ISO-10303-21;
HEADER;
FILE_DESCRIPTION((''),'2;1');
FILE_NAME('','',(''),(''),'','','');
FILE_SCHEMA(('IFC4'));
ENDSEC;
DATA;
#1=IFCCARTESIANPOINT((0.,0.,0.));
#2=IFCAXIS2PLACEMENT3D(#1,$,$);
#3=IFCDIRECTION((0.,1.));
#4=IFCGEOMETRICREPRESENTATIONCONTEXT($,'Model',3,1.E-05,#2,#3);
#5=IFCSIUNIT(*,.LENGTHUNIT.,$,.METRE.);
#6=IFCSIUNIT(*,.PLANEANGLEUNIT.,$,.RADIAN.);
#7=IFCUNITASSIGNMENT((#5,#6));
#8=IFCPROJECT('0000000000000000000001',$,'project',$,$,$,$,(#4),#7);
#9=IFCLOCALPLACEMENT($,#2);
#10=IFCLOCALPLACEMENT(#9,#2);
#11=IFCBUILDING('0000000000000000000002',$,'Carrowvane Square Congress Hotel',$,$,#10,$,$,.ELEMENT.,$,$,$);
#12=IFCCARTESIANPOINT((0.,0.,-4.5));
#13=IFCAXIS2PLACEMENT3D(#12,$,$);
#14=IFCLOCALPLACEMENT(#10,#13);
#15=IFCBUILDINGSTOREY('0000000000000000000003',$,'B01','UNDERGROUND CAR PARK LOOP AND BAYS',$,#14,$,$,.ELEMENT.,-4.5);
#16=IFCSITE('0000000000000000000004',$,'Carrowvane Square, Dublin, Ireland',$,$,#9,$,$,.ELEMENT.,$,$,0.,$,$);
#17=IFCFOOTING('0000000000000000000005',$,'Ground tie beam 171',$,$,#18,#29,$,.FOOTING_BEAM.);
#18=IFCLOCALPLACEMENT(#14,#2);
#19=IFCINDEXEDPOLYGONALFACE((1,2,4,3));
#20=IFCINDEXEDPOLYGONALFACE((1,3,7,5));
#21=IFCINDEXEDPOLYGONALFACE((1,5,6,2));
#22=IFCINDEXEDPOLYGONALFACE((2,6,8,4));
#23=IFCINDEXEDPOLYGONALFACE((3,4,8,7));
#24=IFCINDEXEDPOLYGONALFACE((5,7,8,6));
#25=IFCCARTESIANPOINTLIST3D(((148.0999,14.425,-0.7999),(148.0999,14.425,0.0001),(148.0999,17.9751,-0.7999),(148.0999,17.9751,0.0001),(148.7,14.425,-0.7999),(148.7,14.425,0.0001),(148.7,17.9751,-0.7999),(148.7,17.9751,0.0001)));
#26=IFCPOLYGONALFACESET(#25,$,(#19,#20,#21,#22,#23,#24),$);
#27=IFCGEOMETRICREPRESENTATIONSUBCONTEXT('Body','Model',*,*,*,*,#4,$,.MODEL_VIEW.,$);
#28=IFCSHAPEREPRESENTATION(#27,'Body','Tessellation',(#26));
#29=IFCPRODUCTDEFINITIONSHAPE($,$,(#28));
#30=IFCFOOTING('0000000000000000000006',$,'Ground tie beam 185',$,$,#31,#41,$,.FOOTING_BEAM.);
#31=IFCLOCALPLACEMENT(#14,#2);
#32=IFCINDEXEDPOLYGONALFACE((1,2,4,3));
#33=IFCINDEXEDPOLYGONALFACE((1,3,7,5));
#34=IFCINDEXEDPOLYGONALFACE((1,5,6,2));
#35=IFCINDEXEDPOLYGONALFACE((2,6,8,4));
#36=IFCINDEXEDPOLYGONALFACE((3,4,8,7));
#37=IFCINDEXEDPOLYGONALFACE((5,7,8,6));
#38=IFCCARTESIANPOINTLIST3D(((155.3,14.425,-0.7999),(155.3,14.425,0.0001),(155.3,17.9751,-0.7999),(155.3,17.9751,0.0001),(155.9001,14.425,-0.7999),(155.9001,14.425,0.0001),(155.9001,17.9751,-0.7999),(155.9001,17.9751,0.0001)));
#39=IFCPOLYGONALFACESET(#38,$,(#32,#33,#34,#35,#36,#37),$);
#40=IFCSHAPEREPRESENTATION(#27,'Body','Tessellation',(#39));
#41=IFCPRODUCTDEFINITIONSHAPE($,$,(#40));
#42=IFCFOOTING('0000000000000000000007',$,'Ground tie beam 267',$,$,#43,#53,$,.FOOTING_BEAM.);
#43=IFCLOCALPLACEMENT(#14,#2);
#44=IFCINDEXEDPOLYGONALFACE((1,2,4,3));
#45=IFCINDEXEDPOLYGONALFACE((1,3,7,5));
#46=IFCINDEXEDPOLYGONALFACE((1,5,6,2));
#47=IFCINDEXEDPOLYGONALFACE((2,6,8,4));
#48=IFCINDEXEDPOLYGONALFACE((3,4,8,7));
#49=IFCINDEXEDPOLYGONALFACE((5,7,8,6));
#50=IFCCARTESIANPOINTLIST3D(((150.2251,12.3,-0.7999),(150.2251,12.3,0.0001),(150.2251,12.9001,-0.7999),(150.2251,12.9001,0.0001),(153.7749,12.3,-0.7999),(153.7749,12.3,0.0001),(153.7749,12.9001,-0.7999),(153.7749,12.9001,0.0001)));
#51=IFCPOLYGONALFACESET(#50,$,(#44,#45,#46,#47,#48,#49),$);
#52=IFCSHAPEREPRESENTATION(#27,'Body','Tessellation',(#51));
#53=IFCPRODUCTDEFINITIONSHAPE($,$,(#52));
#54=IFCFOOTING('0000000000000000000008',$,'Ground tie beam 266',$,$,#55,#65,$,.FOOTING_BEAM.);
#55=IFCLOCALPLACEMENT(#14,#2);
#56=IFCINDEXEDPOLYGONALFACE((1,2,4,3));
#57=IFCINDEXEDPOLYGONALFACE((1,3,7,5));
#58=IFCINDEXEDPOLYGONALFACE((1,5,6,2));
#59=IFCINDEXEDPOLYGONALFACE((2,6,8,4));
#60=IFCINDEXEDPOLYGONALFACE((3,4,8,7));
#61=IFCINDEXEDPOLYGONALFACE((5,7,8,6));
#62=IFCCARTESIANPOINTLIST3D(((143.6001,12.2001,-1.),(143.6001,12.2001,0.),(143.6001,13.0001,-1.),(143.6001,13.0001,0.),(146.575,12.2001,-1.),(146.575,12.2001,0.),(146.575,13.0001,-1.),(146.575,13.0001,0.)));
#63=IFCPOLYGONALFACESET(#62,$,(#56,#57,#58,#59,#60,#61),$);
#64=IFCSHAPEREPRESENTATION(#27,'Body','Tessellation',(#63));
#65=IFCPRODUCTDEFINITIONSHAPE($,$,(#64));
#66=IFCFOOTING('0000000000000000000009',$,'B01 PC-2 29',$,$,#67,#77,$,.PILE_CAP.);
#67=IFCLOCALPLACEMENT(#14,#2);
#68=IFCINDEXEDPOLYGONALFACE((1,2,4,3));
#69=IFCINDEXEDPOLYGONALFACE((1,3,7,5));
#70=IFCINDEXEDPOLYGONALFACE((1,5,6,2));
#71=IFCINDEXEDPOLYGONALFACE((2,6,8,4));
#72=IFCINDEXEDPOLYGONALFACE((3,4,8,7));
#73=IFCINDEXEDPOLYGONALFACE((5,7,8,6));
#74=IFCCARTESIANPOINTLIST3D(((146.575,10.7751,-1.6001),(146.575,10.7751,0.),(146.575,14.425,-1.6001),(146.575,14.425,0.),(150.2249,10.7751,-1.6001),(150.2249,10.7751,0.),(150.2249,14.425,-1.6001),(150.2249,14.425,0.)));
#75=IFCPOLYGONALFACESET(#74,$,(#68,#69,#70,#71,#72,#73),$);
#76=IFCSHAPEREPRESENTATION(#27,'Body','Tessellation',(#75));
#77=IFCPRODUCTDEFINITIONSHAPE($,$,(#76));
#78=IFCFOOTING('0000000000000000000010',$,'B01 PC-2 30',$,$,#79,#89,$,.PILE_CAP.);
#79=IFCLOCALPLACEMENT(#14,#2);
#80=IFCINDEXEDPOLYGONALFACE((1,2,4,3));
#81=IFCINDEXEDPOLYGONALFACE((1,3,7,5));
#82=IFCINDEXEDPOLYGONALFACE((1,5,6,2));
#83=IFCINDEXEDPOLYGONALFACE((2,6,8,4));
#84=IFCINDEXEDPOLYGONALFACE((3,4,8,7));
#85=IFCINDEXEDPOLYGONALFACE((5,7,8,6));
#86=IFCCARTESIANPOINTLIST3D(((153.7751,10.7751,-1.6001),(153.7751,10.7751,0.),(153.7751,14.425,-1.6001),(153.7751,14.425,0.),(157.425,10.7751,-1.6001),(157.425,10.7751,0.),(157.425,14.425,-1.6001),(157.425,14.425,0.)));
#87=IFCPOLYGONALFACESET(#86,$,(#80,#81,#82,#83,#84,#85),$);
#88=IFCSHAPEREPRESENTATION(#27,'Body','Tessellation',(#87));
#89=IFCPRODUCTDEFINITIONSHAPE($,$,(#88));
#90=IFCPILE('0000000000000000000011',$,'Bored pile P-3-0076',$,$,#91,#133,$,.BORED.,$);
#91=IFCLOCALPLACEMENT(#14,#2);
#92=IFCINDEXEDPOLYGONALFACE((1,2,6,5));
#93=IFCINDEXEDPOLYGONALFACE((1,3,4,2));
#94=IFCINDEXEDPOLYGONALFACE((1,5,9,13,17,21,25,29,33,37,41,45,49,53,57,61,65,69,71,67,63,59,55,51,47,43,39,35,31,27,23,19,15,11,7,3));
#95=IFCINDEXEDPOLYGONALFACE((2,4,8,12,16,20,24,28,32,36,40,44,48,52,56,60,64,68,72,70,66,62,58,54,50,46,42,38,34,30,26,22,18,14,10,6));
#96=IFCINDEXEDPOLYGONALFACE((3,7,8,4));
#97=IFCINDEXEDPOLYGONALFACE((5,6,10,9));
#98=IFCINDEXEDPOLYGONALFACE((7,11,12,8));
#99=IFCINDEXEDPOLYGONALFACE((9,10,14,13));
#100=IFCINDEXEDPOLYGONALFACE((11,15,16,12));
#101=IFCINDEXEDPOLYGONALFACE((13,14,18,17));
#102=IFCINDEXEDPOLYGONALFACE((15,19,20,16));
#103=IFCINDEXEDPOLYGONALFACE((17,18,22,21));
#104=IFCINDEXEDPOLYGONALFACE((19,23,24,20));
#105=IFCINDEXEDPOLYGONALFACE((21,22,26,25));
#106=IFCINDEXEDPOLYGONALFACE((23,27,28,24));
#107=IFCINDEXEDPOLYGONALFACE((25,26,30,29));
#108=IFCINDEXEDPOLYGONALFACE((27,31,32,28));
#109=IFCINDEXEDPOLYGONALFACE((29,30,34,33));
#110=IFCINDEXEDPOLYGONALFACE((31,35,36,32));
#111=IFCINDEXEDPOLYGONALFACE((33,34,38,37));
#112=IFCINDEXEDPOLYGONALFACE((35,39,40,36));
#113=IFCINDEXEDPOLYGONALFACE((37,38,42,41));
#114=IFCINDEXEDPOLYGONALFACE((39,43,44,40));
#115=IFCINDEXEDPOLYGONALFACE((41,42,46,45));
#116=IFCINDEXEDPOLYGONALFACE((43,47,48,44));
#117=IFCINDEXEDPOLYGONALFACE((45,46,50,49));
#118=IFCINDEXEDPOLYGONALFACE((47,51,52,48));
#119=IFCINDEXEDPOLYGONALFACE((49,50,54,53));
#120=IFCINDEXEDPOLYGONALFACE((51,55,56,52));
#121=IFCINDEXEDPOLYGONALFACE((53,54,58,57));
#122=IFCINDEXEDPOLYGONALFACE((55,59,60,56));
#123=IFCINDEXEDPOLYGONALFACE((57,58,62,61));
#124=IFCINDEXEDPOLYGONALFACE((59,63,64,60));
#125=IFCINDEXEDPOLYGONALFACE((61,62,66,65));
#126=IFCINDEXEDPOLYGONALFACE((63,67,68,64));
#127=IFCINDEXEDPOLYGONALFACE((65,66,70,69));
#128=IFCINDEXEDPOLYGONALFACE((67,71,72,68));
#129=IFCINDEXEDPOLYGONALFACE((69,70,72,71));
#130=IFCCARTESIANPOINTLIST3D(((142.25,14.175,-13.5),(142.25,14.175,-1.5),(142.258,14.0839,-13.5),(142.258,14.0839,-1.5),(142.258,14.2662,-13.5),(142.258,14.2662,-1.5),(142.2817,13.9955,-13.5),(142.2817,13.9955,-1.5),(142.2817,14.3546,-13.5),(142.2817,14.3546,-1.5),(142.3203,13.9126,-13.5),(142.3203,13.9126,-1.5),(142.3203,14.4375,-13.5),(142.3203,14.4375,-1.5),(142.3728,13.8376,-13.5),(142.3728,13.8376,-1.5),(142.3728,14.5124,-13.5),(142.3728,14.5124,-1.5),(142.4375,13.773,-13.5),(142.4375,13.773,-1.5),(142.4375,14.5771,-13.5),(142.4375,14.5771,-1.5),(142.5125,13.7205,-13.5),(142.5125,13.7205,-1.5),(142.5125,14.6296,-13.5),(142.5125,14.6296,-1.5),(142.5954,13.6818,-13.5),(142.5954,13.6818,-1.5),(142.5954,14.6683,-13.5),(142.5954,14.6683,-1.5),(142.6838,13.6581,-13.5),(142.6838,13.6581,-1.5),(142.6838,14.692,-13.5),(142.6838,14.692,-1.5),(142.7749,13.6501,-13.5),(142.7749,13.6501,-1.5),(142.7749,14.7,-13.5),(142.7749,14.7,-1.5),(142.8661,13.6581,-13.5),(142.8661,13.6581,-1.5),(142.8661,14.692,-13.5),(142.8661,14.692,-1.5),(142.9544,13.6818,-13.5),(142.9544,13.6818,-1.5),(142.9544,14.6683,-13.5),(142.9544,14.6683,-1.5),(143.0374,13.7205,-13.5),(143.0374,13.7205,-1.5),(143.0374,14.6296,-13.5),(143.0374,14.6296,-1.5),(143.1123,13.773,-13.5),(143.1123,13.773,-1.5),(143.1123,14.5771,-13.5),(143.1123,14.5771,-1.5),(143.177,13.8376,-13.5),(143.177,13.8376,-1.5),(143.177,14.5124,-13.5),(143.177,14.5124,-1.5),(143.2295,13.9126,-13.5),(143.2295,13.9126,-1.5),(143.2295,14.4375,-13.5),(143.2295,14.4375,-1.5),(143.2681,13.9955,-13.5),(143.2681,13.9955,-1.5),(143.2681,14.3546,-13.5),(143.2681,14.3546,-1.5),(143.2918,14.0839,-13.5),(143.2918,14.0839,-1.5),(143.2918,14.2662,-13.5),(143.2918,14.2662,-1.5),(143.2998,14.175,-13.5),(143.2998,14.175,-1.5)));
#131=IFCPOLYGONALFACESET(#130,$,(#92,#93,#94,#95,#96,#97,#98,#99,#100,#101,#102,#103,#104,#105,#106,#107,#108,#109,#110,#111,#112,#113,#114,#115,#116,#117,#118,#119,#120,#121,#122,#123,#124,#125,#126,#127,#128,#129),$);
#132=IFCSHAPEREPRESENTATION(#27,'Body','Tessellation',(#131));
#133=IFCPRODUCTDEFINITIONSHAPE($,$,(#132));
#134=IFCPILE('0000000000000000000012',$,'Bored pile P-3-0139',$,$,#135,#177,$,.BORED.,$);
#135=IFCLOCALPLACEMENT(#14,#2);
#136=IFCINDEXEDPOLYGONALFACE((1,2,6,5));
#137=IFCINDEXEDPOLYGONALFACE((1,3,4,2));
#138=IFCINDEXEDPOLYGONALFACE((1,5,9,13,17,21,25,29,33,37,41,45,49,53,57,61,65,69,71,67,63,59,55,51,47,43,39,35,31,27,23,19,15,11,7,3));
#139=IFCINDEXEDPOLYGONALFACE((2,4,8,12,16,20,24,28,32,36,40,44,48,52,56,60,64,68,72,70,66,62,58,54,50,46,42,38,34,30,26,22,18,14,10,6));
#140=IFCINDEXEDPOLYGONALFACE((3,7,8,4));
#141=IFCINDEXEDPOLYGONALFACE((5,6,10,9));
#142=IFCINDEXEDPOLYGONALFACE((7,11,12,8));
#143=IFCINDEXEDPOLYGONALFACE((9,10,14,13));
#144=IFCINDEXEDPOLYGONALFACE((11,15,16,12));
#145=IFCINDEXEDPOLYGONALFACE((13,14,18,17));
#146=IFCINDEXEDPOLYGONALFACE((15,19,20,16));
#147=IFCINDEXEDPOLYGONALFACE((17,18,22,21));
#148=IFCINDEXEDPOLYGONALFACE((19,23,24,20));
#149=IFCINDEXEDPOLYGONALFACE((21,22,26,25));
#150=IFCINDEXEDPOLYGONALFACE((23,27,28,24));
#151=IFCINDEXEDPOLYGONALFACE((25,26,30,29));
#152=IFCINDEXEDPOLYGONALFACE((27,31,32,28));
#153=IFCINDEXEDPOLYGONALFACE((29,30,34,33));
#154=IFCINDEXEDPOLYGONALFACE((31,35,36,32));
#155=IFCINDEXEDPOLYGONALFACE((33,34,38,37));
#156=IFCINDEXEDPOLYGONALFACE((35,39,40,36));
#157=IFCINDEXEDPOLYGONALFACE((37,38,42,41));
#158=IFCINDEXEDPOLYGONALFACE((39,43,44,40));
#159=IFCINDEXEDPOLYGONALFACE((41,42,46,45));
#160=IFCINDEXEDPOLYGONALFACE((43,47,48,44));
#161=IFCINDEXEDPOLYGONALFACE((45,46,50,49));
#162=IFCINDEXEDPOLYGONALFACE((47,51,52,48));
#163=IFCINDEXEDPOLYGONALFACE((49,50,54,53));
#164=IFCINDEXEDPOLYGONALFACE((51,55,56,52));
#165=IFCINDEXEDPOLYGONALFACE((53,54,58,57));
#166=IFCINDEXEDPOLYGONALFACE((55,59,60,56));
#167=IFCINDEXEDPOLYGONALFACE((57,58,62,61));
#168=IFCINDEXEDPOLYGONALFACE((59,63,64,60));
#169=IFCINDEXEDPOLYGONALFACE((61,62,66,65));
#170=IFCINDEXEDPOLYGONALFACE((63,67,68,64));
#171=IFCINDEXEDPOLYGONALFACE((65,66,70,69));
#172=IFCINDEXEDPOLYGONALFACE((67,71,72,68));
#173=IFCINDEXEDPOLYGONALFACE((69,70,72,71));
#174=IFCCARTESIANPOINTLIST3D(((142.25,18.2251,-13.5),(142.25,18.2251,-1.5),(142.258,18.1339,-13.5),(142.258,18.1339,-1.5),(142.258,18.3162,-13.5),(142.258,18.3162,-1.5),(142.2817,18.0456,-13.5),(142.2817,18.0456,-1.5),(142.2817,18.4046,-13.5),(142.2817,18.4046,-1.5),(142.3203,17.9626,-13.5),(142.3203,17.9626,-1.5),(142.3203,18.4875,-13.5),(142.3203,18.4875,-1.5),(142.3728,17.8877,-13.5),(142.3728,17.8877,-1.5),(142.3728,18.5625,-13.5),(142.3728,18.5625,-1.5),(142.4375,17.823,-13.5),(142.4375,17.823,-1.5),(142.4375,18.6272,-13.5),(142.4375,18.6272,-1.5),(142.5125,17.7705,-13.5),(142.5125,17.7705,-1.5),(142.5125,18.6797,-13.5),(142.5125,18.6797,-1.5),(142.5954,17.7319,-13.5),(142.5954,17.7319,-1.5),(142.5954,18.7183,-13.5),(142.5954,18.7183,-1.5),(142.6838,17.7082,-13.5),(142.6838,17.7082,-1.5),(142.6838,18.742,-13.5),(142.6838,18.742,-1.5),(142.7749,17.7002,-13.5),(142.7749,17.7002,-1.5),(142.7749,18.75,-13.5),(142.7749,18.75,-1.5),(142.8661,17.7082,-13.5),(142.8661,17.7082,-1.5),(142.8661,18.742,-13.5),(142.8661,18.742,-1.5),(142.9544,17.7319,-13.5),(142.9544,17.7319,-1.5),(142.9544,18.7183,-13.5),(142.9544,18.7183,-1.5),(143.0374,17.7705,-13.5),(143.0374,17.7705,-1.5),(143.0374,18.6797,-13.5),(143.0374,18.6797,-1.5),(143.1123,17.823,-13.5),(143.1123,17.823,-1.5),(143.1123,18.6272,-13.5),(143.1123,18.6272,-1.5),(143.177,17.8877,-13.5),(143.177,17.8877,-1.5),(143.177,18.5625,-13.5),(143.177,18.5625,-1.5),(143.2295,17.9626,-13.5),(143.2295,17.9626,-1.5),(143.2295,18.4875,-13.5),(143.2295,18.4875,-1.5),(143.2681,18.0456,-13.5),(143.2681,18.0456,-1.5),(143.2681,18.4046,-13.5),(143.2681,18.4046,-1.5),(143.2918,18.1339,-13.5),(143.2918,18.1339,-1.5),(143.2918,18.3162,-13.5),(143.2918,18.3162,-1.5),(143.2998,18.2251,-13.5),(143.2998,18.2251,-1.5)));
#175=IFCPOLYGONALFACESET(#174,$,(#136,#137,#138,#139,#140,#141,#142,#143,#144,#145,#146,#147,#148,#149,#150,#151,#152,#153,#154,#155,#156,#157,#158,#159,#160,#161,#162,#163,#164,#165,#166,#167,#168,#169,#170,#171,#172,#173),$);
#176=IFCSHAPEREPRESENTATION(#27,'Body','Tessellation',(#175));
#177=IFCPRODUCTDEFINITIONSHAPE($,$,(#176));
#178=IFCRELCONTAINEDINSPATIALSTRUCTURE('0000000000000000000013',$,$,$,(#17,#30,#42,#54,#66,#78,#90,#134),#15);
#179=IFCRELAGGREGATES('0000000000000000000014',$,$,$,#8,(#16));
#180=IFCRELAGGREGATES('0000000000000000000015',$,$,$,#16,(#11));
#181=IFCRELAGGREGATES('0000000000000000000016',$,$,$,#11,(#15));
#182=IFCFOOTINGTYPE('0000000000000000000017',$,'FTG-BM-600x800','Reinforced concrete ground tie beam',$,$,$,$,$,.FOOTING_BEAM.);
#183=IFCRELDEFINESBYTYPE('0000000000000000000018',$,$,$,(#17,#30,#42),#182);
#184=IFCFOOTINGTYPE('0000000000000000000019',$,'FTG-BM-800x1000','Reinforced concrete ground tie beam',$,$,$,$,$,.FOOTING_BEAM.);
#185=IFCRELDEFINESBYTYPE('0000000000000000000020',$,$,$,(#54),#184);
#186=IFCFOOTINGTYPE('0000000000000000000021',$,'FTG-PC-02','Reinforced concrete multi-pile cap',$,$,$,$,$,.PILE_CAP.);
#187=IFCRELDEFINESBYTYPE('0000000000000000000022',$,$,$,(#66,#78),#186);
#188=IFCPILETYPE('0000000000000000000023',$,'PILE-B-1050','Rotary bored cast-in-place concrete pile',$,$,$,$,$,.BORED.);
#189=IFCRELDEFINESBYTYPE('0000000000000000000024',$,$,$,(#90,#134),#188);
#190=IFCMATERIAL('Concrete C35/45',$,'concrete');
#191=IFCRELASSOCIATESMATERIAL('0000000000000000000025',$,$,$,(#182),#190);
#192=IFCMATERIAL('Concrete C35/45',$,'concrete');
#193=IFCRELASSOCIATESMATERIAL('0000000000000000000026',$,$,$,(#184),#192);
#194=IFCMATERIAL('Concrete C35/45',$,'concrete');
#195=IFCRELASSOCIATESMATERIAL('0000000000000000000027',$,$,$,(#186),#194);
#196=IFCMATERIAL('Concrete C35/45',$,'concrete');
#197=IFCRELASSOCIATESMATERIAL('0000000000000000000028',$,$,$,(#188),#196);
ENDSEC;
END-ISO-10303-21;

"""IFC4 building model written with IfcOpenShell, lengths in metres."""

from ifc_helpers import new_model, si_unit, direction, frame, origin, origin_2d, place, context, subcontext, project, spatial, rectangle, circle, extrude, material, material_profile, profile_set, type_object, element, save


model = new_model("IFC4")

# Units and contexts
model_context = context("Model", 3, precision=1e-05, world=origin(), true_north=direction((0.0, 1.0)))
body_context = subcontext(model_context, "Body", "Model", "MODEL_VIEW")
ifc_project = project(units=[si_unit("LENGTHUNIT", "METRE"), si_unit("PLANEANGLEUNIT", "RADIAN")], contexts=[model_context])

# Site, building, storey
site_placement = place(None, origin())
site = spatial("IfcSite", under=ifc_project, at=site_placement, Name="Carrowvane Square, Dublin, Ireland", CompositionType="ELEMENT", RefElevation=0.0)
building_placement = place(site_placement, origin())
building = spatial("IfcBuilding", under=site, at=building_placement, Name="Carrowvane Square Congress Hotel", CompositionType="ELEMENT")
storey_placement = place(building_placement, frame((0.0, 0.0, -4.5)))
storey = spatial("IfcBuildingStorey", under=building, at=storey_placement, Name="B01", Description="UNDERGROUND CAR PARK LOOP AND BAYS", CompositionType="ELEMENT", Elevation=-4.5)

# Footings
ifc_material_1 = material(Name="Concrete C35/45", Category="concrete")
ifc_material_profile_1 = material_profile(ifc_material_1, rectangle(XDim=0.6001, YDim=0.8, at=origin_2d()), Name="RC 600x800")
ifc_profile_set_1 = profile_set([ifc_material_profile_1], Name="Concrete C35/45")
footing_type_1 = type_object("IfcFootingType", Name="FTG-BM-600x800", Description="Reinforced concrete ground tie beam", PredefinedType="FOOTING_BEAM", material=ifc_profile_set_1)
for number, where, z_axis, x_axis, name in (
    (1, (148.3999, 14.425, -0.3999), (0.0, 1.0, 0.0), (-1.0, 0.0, 0.0), "Ground tie beam 171"),
    (2, (155.6001, 14.425, -0.3999), (0.0, 1.0, 0.0), (-1.0, 0.0, 0.0), "Ground tie beam 185"),
):
    element("IfcFooting", number, at=place(storey_placement, frame(where, z_axis=z_axis, x_axis=x_axis)), inside=storey, type_object=footing_type_1, Name=name, PredefinedType="FOOTING_BEAM", context=body_context, shape_type="SweptSolid", body=[
        extrude(rectangle(XDim=0.6001, YDim=0.8, at=origin_2d()), origin(), (0.0, 0.0, 1.0), 3.55),
    ])
footing_1_placement = place(storey_placement, frame((150.2251, 12.6001, -0.3999), z_axis=(1.0, 0.0, 0.0), x_axis=(0.0, 1.0, 0.0)))
element("IfcFooting", 3, at=footing_1_placement, inside=storey, type_object=footing_type_1, Name="Ground tie beam 267", PredefinedType="FOOTING_BEAM", context=body_context, shape_type="SweptSolid", body=[
    extrude(rectangle(XDim=0.6001, YDim=0.8, at=origin_2d()), origin(), (0.0, 0.0, 1.0), 3.5498),
])
ifc_material_2 = material(Name="Concrete C35/45", Category="concrete")
ifc_material_profile_2 = material_profile(ifc_material_2, rectangle(XDim=0.8, YDim=1.0, at=origin_2d()), Name="RC 800x1000")
ifc_profile_set_2 = profile_set([ifc_material_profile_2], Name="Concrete C35/45")
footing_type_2 = type_object("IfcFootingType", Name="FTG-BM-800x1000", Description="Reinforced concrete ground tie beam", PredefinedType="FOOTING_BEAM", material=ifc_profile_set_2)
footing_2_placement = place(storey_placement, frame((143.6001, 12.6001, -0.5), z_axis=(1.0, 0.0, 0.0), x_axis=(0.0, 1.0, 0.0)))
element("IfcFooting", 4, at=footing_2_placement, inside=storey, type_object=footing_type_2, Name="Ground tie beam 266", PredefinedType="FOOTING_BEAM", context=body_context, shape_type="SweptSolid", body=[
    extrude(rectangle(XDim=0.8, YDim=1.0, at=origin_2d()), origin(), (0.0, 0.0, 1.0), 2.9749),
])
ifc_material_3 = material(Name="Concrete C35/45", Category="concrete")
footing_type_3 = type_object("IfcFootingType", Name="FTG-PC-02", Description="Reinforced concrete multi-pile cap", PredefinedType="PILE_CAP", material=ifc_material_3)
for number, where, z_axis, x_axis, name in (
    (5, (148.3999, 12.6001, -1.6001), (0.0, 0.0, 1.0), (1.0, 0.0, 0.0), "B01 PC-2 29"),
    (6, (155.6001, 12.6001, -1.6001), (0.0, 0.0, 1.0), (1.0, 0.0, 0.0), "B01 PC-2 30"),
):
    element("IfcFooting", number, at=place(storey_placement, frame(where, z_axis=z_axis, x_axis=x_axis)), inside=storey, type_object=footing_type_3, Name=name, PredefinedType="PILE_CAP", context=body_context, shape_type="SweptSolid", body=[
        extrude(rectangle(XDim=3.6499, YDim=3.6499, at=origin_2d()), origin(), (0.0, 0.0, 1.0), 1.6001),
    ])

# Piles
ifc_material_4 = material(Name="Concrete C35/45", Category="concrete")
ifc_material_profile_3 = material_profile(ifc_material_4, circle(Radius=0.5249, at=origin_2d()), Name="PILE D1050")
ifc_profile_set_3 = profile_set([ifc_material_profile_3], Name="Concrete C35/45")
pile_type_1 = type_object("IfcPileType", Name="PILE-B-1050", Description="Rotary bored cast-in-place concrete pile", PredefinedType="BORED", material=ifc_profile_set_3)
for number, where, z_axis, x_axis, name in (
    (7, (142.7749, 14.175, -1.5), (0.0, 0.0, -1.0), (1.0, 0.0, 0.0), "Bored pile P-3-0076"),
    (8, (142.7749, 18.2251, -1.5), (0.0, 0.0, -1.0), (1.0, 0.0, 0.0), "Bored pile P-3-0139"),
):
    element("IfcPile", number, at=place(storey_placement, frame(where, z_axis=z_axis, x_axis=x_axis)), inside=storey, type_object=pile_type_1, Name=name, PredefinedType="BORED", context=body_context, shape_type="SweptSolid", body=[
        extrude(circle(Radius=0.5249, at=origin_2d()), origin(), (0.0, 0.0, 1.0), 12.0),
    ])

save(model, "model.ifc")
